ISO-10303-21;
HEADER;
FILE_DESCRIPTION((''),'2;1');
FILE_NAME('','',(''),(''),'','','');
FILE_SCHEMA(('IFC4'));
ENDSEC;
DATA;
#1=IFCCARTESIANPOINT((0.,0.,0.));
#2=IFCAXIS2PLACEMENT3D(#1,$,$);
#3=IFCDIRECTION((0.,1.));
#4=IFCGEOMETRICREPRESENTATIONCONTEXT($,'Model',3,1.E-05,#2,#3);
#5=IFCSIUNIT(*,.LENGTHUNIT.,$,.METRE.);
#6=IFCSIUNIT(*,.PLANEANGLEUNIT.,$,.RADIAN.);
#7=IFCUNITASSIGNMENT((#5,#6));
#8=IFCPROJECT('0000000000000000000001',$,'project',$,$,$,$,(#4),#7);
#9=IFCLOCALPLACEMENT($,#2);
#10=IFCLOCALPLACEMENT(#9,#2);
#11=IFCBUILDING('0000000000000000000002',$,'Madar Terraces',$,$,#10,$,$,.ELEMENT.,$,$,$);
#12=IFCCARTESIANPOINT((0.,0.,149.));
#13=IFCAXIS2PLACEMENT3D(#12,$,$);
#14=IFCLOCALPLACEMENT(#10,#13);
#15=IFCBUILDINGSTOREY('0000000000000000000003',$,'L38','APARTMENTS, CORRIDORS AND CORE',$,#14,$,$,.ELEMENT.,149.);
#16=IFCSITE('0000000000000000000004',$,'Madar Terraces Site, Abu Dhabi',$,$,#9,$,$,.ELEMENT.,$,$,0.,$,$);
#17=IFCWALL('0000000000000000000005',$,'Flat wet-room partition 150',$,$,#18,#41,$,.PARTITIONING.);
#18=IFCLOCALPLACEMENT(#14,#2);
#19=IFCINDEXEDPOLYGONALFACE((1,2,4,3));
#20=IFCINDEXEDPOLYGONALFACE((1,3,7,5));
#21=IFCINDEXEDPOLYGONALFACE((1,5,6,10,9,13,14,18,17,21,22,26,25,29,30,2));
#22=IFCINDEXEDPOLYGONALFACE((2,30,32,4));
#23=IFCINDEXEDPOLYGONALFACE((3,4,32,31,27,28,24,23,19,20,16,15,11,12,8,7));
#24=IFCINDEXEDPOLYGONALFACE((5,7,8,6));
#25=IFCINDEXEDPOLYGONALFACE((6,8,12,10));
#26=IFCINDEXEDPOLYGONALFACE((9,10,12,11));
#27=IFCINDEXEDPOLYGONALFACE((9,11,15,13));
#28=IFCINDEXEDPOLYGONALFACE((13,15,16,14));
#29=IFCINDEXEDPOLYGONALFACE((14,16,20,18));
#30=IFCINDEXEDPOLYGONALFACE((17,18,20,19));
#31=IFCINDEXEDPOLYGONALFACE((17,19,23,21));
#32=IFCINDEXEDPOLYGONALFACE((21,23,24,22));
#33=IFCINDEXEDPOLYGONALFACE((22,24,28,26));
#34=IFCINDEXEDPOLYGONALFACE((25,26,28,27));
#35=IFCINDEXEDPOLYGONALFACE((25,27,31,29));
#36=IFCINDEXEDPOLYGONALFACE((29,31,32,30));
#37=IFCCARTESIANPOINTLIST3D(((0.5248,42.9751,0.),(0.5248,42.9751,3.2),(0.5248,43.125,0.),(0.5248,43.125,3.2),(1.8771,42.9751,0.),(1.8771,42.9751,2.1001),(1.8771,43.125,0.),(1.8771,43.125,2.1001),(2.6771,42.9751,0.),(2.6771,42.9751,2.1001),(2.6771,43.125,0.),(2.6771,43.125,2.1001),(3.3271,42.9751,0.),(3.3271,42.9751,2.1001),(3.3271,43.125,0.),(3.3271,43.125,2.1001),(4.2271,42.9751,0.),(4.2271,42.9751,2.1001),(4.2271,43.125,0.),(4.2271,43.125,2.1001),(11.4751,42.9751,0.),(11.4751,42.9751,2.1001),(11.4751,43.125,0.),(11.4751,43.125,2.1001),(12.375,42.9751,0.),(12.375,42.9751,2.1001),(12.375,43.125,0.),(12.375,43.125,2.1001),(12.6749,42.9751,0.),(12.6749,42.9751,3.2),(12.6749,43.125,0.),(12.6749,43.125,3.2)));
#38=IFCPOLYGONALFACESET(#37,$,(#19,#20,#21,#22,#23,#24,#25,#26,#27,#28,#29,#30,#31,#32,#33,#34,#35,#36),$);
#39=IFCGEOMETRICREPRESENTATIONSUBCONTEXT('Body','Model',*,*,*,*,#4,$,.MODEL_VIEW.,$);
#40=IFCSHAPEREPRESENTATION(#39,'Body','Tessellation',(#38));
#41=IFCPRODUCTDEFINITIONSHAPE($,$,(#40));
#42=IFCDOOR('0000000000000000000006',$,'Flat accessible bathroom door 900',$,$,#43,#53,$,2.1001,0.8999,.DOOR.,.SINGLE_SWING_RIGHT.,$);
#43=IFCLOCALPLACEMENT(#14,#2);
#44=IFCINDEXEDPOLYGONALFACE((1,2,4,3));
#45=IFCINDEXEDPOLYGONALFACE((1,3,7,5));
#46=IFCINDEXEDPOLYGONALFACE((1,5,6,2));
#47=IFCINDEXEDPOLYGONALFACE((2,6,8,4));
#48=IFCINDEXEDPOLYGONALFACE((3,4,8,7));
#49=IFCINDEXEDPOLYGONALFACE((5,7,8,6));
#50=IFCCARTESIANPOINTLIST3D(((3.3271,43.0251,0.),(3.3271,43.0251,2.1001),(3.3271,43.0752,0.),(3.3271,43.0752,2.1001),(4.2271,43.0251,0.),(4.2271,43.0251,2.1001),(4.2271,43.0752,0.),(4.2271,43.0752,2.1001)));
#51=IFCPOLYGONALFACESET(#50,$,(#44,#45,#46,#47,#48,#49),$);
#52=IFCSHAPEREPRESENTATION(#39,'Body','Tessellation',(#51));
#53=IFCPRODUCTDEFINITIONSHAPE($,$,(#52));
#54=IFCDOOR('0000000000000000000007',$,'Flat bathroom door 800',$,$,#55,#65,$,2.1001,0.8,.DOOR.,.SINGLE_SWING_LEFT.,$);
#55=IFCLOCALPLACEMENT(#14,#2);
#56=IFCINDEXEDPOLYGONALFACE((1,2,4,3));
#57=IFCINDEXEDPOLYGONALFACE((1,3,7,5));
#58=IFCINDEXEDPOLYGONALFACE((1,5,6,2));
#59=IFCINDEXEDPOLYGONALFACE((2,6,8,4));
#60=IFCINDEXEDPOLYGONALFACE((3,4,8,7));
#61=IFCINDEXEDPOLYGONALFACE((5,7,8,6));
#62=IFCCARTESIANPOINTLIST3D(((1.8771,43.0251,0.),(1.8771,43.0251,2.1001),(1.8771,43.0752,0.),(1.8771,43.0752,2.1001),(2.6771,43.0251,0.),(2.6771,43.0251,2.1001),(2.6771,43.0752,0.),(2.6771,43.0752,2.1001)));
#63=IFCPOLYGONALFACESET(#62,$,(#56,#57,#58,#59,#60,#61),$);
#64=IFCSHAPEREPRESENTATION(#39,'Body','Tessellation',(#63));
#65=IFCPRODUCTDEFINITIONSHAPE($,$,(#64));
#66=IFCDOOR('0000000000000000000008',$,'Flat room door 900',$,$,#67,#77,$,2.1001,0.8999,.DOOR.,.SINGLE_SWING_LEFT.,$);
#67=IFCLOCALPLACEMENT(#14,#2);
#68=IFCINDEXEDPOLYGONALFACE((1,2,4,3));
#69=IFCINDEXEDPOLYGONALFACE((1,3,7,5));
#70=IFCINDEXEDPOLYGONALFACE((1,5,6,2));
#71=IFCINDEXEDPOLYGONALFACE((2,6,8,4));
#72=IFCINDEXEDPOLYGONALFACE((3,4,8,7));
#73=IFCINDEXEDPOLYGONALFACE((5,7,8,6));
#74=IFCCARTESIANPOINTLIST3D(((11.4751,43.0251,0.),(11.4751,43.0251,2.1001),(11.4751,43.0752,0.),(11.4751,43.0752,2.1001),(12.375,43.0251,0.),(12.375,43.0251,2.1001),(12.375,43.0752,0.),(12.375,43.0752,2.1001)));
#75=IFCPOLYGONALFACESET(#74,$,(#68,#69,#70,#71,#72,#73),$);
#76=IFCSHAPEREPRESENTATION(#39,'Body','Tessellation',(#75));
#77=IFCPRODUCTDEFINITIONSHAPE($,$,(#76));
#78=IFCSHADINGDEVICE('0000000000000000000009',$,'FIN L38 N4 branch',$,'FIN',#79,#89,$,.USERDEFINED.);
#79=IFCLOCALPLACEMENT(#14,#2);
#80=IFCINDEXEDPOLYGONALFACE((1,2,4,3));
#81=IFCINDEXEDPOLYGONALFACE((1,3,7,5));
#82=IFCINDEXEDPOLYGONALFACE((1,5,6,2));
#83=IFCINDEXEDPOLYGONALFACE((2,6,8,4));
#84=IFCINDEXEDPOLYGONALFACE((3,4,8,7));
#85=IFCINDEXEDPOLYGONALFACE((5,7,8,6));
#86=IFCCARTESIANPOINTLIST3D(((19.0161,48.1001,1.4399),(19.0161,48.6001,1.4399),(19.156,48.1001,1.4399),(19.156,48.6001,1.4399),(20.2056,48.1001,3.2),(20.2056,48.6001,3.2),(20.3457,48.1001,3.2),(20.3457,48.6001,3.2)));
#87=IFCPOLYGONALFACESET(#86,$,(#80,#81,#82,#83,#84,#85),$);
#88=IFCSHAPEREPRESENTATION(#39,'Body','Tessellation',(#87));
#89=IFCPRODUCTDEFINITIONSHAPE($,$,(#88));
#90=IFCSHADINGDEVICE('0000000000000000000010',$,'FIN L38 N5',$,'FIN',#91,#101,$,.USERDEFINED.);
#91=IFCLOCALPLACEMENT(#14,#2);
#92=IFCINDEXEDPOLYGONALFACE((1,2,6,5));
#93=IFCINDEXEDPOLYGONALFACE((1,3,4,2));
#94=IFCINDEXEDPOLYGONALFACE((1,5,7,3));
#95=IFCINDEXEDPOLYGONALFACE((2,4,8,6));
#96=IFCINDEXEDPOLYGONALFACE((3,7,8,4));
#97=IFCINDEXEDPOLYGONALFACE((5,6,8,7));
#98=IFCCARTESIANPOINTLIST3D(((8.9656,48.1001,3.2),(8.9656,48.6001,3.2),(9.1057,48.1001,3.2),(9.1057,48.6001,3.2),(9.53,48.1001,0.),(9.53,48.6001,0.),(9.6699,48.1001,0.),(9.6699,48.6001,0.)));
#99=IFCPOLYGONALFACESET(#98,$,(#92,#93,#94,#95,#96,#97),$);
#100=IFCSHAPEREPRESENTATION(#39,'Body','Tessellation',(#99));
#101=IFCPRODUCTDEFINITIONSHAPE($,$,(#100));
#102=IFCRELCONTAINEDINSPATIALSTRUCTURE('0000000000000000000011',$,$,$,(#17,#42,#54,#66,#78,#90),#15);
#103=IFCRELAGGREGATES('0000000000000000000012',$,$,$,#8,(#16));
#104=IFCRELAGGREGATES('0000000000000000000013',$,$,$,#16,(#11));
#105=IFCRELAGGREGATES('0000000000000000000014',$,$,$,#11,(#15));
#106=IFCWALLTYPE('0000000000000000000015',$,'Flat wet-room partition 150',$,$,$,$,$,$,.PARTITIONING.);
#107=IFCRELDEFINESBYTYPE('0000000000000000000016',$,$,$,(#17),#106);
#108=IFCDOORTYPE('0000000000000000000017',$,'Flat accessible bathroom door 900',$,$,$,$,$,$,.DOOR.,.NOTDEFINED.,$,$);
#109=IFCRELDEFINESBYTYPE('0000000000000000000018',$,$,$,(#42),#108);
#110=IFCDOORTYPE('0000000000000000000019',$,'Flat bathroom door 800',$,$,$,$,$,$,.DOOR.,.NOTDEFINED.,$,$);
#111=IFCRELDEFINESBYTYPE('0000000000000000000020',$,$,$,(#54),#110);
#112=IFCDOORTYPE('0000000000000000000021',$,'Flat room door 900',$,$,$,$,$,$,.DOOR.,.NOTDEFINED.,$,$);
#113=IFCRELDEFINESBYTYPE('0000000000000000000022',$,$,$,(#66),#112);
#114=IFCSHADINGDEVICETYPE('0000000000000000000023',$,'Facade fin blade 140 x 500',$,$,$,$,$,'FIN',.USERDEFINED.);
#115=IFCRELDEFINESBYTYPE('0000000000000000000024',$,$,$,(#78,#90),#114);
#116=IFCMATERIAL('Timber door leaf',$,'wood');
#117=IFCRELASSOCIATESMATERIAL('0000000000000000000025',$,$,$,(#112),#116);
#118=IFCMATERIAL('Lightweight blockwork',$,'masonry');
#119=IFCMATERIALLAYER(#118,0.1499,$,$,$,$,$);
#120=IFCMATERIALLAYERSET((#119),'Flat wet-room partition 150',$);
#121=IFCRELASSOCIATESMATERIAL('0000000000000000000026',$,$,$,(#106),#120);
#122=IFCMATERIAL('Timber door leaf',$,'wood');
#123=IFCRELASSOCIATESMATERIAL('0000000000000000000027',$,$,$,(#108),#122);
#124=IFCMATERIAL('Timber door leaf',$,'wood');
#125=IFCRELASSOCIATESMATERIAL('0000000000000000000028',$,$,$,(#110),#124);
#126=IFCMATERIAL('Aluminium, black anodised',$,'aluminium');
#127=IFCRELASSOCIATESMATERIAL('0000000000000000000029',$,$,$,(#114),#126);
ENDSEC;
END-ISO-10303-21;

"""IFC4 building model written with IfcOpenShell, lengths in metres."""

from ifc_helpers import new_model, si_unit, direction, frame, frame_2d, origin, place, context, subcontext, project, spatial, polyline, rectangle, outline, extrude, material, layer, layer_set, type_object, element, fill, save


model = new_model("IFC4")

# Units and contexts
model_context = context("Model", 3, precision=1e-05, world=origin(), true_north=direction((0.0, 1.0)))
body_context = subcontext(model_context, "Body", "Model", "MODEL_VIEW")
ifc_project = project(units=[si_unit("LENGTHUNIT", "METRE"), si_unit("PLANEANGLEUNIT", "RADIAN")], contexts=[model_context])

# Site, building, storey
site_placement = place(None, origin())
site = spatial("IfcSite", under=ifc_project, at=site_placement, Name="Madar Terraces Site, Abu Dhabi", CompositionType="ELEMENT", RefElevation=0.0)
building_placement = place(site_placement, origin())
building = spatial("IfcBuilding", under=site, at=building_placement, Name="Madar Terraces", CompositionType="ELEMENT")
storey_placement = place(building_placement, frame((0.0, 0.0, 149.0)))
storey = spatial("IfcBuildingStorey", under=building, at=storey_placement, Name="L38", Description="APARTMENTS, CORRIDORS AND CORE", CompositionType="ELEMENT", Elevation=149.0)

# Shared definitions
ifc_material_1 = material(Name="Timber door leaf", Category="wood")
door_type_1 = type_object("IfcDoorType", Name="Flat room door 900", OperationType="NOTDEFINED", PredefinedType="DOOR", material=ifc_material_1)

# Wall, openings, doors
ifc_material_2 = material(Name="Lightweight blockwork", Category="masonry")
ifc_layer_1 = layer(ifc_material_2, 0.1499)
ifc_layer_set_1 = layer_set([ifc_layer_1], Name="Flat wet-room partition 150")
wall_type_1 = type_object("IfcWallType", Name="Flat wet-room partition 150", PredefinedType="PARTITIONING", material=ifc_layer_set_1)
wall_1_placement = place(storey_placement, frame((12.675, 43.05, 0.0), z_axis=(0.0, 0.0, 1.0), x_axis=(-1.0, 0.0, 0.0)))
wall_1 = element("IfcWall", 1, at=wall_1_placement, inside=storey, type_object=wall_type_1, Name="Flat wet-room partition 150", PredefinedType="PARTITIONING", context=body_context, shape_type="SweptSolid", body=[
    extrude(rectangle(XDim=12.1501, YDim=0.1499, at=frame_2d((6.0752, 0.0))), origin(), (0.0, 0.0, 1.0), 3.2),
])
opening_1_placement = place(wall_1_placement, frame((0.3, 0.0, 0.0)))
opening_1 = element("IfcOpeningElement", 2, at=opening_1_placement, cuts=wall_1, PredefinedType="OPENING", context=body_context, shape_type="SweptSolid", body=[
    extrude(rectangle(XDim=0.8999, YDim=2.1001, at=frame_2d((0.45, 1.05))), frame((0.0, 0.085, 0.0), z_axis=(0.0, -1.0, 0.0), x_axis=(1.0, 0.0, 0.0)), (0.0, 0.0, 1.0), 0.1699),
])
opening_2_placement = place(wall_1_placement, frame((8.448, 0.0, 0.0)))
opening_2 = element("IfcOpeningElement", 3, at=opening_2_placement, cuts=wall_1, PredefinedType="OPENING", context=body_context, shape_type="SweptSolid", body=[
    extrude(rectangle(XDim=0.8999, YDim=2.1001, at=frame_2d((0.45, 1.05))), frame((0.0, 0.085, 0.0), z_axis=(0.0, -1.0, 0.0), x_axis=(1.0, 0.0, 0.0)), (0.0, 0.0, 1.0), 0.1699),
])
opening_3_placement = place(wall_1_placement, frame((9.998, 0.0, 0.0)))
opening_3 = element("IfcOpeningElement", 4, at=opening_3_placement, cuts=wall_1, PredefinedType="OPENING", context=body_context, shape_type="SweptSolid", body=[
    extrude(rectangle(XDim=0.8, YDim=2.1001, at=frame_2d((0.3999, 1.05))), frame((0.0, 0.085, 0.0), z_axis=(0.0, -1.0, 0.0), x_axis=(1.0, 0.0, 0.0)), (0.0, 0.0, 1.0), 0.1699),
])
ifc_material_3 = material(Name="Timber door leaf", Category="wood")
door_type_2 = type_object("IfcDoorType", Name="Flat accessible bathroom door 900", OperationType="NOTDEFINED", PredefinedType="DOOR", material=ifc_material_3)
door_1_placement = place(opening_2_placement, origin())
door_1 = element("IfcDoor", 5, at=door_1_placement, inside=storey, type_object=door_type_2, Name="Flat accessible bathroom door 900", OperationType="SINGLE_SWING_RIGHT", OverallHeight=2.1001, OverallWidth=0.8999, PredefinedType="DOOR", context=body_context, shape_type="SweptSolid", body=[
    extrude(rectangle(XDim=0.8999, YDim=2.1001, at=frame_2d((0.45, 1.05))), frame((0.0, 0.0249, 0.0), z_axis=(0.0, -1.0, 0.0), x_axis=(1.0, 0.0, 0.0)), (0.0, 0.0, 1.0), 0.05),
])
fill(opening_2, door_1)
ifc_material_4 = material(Name="Timber door leaf", Category="wood")
door_type_3 = type_object("IfcDoorType", Name="Flat bathroom door 800", OperationType="NOTDEFINED", PredefinedType="DOOR", material=ifc_material_4)
door_2_placement = place(opening_3_placement, origin())
door_2 = element("IfcDoor", 6, at=door_2_placement, inside=storey, type_object=door_type_3, Name="Flat bathroom door 800", OperationType="SINGLE_SWING_LEFT", OverallHeight=2.1001, OverallWidth=0.8, PredefinedType="DOOR", context=body_context, shape_type="SweptSolid", body=[
    extrude(rectangle(XDim=0.8, YDim=2.1001, at=frame_2d((0.3999, 1.05))), frame((0.0, 0.0249, 0.0), z_axis=(0.0, -1.0, 0.0), x_axis=(1.0, 0.0, 0.0)), (0.0, 0.0, 1.0), 0.05),
])
fill(opening_3, door_2)
door_3_placement = place(opening_1_placement, origin())
door_3 = element("IfcDoor", 7, at=door_3_placement, inside=storey, type_object=door_type_1, Name="Flat room door 900", OperationType="SINGLE_SWING_LEFT", OverallHeight=2.1001, OverallWidth=0.8999, PredefinedType="DOOR", context=body_context, shape_type="SweptSolid", body=[
    extrude(rectangle(XDim=0.8999, YDim=2.1001, at=frame_2d((0.45, 1.05))), frame((0.0, 0.0249, 0.0), z_axis=(0.0, -1.0, 0.0), x_axis=(1.0, 0.0, 0.0)), (0.0, 0.0, 1.0), 0.05),
])
fill(opening_1, door_3)

# Shading devices
ifc_material_5 = material(Name="Aluminium, black anodised", Category="aluminium")
shading_device_type = type_object("IfcShadingDeviceType", Name="Facade fin blade 140 x 500", ElementType="FIN", PredefinedType="USERDEFINED", material=ifc_material_5)
shading_device_1_placement = place(storey_placement, frame((19.156, 48.3501, 1.4399), z_axis=(0.0, 0.0, 1.0), x_axis=(-1.0, 0.0, 0.0)))
element("IfcShadingDevice", 8, at=shading_device_1_placement, inside=storey, type_object=shading_device_type, Name="FIN L38 N4 branch", ObjectType="FIN", PredefinedType="USERDEFINED", context=body_context, shape_type="SweptSolid", body=[
    extrude(outline(polyline([(0.0, 0.0), (0.1399, 0.0), (-1.0496, 1.76), (-1.1897, 1.76), (0.0, 0.0)])), frame((0.0, 0.25, 0.0), z_axis=(0.0, -1.0, 0.0), x_axis=(1.0, 0.0, 0.0)), (0.0, 0.0, 1.0), 0.5),
])
shading_device_2_placement = place(storey_placement, frame((9.6699, 48.3501, 0.0), z_axis=(0.0, 0.0, 1.0), x_axis=(-1.0, 0.0, 0.0)))
element("IfcShadingDevice", 9, at=shading_device_2_placement, inside=storey, type_object=shading_device_type, Name="FIN L38 N5", ObjectType="FIN", PredefinedType="USERDEFINED", context=body_context, shape_type="SweptSolid", body=[
    extrude(outline(polyline([(0.0, 0.0), (0.1399, 0.0), (0.7043, 3.2), (0.5642, 3.2), (0.0, 0.0)])), frame((0.0, 0.25, 0.0), z_axis=(0.0, -1.0, 0.0), x_axis=(1.0, 0.0, 0.0)), (0.0, 0.0, 1.0), 0.5),
])

save(model, "model.ifc")
